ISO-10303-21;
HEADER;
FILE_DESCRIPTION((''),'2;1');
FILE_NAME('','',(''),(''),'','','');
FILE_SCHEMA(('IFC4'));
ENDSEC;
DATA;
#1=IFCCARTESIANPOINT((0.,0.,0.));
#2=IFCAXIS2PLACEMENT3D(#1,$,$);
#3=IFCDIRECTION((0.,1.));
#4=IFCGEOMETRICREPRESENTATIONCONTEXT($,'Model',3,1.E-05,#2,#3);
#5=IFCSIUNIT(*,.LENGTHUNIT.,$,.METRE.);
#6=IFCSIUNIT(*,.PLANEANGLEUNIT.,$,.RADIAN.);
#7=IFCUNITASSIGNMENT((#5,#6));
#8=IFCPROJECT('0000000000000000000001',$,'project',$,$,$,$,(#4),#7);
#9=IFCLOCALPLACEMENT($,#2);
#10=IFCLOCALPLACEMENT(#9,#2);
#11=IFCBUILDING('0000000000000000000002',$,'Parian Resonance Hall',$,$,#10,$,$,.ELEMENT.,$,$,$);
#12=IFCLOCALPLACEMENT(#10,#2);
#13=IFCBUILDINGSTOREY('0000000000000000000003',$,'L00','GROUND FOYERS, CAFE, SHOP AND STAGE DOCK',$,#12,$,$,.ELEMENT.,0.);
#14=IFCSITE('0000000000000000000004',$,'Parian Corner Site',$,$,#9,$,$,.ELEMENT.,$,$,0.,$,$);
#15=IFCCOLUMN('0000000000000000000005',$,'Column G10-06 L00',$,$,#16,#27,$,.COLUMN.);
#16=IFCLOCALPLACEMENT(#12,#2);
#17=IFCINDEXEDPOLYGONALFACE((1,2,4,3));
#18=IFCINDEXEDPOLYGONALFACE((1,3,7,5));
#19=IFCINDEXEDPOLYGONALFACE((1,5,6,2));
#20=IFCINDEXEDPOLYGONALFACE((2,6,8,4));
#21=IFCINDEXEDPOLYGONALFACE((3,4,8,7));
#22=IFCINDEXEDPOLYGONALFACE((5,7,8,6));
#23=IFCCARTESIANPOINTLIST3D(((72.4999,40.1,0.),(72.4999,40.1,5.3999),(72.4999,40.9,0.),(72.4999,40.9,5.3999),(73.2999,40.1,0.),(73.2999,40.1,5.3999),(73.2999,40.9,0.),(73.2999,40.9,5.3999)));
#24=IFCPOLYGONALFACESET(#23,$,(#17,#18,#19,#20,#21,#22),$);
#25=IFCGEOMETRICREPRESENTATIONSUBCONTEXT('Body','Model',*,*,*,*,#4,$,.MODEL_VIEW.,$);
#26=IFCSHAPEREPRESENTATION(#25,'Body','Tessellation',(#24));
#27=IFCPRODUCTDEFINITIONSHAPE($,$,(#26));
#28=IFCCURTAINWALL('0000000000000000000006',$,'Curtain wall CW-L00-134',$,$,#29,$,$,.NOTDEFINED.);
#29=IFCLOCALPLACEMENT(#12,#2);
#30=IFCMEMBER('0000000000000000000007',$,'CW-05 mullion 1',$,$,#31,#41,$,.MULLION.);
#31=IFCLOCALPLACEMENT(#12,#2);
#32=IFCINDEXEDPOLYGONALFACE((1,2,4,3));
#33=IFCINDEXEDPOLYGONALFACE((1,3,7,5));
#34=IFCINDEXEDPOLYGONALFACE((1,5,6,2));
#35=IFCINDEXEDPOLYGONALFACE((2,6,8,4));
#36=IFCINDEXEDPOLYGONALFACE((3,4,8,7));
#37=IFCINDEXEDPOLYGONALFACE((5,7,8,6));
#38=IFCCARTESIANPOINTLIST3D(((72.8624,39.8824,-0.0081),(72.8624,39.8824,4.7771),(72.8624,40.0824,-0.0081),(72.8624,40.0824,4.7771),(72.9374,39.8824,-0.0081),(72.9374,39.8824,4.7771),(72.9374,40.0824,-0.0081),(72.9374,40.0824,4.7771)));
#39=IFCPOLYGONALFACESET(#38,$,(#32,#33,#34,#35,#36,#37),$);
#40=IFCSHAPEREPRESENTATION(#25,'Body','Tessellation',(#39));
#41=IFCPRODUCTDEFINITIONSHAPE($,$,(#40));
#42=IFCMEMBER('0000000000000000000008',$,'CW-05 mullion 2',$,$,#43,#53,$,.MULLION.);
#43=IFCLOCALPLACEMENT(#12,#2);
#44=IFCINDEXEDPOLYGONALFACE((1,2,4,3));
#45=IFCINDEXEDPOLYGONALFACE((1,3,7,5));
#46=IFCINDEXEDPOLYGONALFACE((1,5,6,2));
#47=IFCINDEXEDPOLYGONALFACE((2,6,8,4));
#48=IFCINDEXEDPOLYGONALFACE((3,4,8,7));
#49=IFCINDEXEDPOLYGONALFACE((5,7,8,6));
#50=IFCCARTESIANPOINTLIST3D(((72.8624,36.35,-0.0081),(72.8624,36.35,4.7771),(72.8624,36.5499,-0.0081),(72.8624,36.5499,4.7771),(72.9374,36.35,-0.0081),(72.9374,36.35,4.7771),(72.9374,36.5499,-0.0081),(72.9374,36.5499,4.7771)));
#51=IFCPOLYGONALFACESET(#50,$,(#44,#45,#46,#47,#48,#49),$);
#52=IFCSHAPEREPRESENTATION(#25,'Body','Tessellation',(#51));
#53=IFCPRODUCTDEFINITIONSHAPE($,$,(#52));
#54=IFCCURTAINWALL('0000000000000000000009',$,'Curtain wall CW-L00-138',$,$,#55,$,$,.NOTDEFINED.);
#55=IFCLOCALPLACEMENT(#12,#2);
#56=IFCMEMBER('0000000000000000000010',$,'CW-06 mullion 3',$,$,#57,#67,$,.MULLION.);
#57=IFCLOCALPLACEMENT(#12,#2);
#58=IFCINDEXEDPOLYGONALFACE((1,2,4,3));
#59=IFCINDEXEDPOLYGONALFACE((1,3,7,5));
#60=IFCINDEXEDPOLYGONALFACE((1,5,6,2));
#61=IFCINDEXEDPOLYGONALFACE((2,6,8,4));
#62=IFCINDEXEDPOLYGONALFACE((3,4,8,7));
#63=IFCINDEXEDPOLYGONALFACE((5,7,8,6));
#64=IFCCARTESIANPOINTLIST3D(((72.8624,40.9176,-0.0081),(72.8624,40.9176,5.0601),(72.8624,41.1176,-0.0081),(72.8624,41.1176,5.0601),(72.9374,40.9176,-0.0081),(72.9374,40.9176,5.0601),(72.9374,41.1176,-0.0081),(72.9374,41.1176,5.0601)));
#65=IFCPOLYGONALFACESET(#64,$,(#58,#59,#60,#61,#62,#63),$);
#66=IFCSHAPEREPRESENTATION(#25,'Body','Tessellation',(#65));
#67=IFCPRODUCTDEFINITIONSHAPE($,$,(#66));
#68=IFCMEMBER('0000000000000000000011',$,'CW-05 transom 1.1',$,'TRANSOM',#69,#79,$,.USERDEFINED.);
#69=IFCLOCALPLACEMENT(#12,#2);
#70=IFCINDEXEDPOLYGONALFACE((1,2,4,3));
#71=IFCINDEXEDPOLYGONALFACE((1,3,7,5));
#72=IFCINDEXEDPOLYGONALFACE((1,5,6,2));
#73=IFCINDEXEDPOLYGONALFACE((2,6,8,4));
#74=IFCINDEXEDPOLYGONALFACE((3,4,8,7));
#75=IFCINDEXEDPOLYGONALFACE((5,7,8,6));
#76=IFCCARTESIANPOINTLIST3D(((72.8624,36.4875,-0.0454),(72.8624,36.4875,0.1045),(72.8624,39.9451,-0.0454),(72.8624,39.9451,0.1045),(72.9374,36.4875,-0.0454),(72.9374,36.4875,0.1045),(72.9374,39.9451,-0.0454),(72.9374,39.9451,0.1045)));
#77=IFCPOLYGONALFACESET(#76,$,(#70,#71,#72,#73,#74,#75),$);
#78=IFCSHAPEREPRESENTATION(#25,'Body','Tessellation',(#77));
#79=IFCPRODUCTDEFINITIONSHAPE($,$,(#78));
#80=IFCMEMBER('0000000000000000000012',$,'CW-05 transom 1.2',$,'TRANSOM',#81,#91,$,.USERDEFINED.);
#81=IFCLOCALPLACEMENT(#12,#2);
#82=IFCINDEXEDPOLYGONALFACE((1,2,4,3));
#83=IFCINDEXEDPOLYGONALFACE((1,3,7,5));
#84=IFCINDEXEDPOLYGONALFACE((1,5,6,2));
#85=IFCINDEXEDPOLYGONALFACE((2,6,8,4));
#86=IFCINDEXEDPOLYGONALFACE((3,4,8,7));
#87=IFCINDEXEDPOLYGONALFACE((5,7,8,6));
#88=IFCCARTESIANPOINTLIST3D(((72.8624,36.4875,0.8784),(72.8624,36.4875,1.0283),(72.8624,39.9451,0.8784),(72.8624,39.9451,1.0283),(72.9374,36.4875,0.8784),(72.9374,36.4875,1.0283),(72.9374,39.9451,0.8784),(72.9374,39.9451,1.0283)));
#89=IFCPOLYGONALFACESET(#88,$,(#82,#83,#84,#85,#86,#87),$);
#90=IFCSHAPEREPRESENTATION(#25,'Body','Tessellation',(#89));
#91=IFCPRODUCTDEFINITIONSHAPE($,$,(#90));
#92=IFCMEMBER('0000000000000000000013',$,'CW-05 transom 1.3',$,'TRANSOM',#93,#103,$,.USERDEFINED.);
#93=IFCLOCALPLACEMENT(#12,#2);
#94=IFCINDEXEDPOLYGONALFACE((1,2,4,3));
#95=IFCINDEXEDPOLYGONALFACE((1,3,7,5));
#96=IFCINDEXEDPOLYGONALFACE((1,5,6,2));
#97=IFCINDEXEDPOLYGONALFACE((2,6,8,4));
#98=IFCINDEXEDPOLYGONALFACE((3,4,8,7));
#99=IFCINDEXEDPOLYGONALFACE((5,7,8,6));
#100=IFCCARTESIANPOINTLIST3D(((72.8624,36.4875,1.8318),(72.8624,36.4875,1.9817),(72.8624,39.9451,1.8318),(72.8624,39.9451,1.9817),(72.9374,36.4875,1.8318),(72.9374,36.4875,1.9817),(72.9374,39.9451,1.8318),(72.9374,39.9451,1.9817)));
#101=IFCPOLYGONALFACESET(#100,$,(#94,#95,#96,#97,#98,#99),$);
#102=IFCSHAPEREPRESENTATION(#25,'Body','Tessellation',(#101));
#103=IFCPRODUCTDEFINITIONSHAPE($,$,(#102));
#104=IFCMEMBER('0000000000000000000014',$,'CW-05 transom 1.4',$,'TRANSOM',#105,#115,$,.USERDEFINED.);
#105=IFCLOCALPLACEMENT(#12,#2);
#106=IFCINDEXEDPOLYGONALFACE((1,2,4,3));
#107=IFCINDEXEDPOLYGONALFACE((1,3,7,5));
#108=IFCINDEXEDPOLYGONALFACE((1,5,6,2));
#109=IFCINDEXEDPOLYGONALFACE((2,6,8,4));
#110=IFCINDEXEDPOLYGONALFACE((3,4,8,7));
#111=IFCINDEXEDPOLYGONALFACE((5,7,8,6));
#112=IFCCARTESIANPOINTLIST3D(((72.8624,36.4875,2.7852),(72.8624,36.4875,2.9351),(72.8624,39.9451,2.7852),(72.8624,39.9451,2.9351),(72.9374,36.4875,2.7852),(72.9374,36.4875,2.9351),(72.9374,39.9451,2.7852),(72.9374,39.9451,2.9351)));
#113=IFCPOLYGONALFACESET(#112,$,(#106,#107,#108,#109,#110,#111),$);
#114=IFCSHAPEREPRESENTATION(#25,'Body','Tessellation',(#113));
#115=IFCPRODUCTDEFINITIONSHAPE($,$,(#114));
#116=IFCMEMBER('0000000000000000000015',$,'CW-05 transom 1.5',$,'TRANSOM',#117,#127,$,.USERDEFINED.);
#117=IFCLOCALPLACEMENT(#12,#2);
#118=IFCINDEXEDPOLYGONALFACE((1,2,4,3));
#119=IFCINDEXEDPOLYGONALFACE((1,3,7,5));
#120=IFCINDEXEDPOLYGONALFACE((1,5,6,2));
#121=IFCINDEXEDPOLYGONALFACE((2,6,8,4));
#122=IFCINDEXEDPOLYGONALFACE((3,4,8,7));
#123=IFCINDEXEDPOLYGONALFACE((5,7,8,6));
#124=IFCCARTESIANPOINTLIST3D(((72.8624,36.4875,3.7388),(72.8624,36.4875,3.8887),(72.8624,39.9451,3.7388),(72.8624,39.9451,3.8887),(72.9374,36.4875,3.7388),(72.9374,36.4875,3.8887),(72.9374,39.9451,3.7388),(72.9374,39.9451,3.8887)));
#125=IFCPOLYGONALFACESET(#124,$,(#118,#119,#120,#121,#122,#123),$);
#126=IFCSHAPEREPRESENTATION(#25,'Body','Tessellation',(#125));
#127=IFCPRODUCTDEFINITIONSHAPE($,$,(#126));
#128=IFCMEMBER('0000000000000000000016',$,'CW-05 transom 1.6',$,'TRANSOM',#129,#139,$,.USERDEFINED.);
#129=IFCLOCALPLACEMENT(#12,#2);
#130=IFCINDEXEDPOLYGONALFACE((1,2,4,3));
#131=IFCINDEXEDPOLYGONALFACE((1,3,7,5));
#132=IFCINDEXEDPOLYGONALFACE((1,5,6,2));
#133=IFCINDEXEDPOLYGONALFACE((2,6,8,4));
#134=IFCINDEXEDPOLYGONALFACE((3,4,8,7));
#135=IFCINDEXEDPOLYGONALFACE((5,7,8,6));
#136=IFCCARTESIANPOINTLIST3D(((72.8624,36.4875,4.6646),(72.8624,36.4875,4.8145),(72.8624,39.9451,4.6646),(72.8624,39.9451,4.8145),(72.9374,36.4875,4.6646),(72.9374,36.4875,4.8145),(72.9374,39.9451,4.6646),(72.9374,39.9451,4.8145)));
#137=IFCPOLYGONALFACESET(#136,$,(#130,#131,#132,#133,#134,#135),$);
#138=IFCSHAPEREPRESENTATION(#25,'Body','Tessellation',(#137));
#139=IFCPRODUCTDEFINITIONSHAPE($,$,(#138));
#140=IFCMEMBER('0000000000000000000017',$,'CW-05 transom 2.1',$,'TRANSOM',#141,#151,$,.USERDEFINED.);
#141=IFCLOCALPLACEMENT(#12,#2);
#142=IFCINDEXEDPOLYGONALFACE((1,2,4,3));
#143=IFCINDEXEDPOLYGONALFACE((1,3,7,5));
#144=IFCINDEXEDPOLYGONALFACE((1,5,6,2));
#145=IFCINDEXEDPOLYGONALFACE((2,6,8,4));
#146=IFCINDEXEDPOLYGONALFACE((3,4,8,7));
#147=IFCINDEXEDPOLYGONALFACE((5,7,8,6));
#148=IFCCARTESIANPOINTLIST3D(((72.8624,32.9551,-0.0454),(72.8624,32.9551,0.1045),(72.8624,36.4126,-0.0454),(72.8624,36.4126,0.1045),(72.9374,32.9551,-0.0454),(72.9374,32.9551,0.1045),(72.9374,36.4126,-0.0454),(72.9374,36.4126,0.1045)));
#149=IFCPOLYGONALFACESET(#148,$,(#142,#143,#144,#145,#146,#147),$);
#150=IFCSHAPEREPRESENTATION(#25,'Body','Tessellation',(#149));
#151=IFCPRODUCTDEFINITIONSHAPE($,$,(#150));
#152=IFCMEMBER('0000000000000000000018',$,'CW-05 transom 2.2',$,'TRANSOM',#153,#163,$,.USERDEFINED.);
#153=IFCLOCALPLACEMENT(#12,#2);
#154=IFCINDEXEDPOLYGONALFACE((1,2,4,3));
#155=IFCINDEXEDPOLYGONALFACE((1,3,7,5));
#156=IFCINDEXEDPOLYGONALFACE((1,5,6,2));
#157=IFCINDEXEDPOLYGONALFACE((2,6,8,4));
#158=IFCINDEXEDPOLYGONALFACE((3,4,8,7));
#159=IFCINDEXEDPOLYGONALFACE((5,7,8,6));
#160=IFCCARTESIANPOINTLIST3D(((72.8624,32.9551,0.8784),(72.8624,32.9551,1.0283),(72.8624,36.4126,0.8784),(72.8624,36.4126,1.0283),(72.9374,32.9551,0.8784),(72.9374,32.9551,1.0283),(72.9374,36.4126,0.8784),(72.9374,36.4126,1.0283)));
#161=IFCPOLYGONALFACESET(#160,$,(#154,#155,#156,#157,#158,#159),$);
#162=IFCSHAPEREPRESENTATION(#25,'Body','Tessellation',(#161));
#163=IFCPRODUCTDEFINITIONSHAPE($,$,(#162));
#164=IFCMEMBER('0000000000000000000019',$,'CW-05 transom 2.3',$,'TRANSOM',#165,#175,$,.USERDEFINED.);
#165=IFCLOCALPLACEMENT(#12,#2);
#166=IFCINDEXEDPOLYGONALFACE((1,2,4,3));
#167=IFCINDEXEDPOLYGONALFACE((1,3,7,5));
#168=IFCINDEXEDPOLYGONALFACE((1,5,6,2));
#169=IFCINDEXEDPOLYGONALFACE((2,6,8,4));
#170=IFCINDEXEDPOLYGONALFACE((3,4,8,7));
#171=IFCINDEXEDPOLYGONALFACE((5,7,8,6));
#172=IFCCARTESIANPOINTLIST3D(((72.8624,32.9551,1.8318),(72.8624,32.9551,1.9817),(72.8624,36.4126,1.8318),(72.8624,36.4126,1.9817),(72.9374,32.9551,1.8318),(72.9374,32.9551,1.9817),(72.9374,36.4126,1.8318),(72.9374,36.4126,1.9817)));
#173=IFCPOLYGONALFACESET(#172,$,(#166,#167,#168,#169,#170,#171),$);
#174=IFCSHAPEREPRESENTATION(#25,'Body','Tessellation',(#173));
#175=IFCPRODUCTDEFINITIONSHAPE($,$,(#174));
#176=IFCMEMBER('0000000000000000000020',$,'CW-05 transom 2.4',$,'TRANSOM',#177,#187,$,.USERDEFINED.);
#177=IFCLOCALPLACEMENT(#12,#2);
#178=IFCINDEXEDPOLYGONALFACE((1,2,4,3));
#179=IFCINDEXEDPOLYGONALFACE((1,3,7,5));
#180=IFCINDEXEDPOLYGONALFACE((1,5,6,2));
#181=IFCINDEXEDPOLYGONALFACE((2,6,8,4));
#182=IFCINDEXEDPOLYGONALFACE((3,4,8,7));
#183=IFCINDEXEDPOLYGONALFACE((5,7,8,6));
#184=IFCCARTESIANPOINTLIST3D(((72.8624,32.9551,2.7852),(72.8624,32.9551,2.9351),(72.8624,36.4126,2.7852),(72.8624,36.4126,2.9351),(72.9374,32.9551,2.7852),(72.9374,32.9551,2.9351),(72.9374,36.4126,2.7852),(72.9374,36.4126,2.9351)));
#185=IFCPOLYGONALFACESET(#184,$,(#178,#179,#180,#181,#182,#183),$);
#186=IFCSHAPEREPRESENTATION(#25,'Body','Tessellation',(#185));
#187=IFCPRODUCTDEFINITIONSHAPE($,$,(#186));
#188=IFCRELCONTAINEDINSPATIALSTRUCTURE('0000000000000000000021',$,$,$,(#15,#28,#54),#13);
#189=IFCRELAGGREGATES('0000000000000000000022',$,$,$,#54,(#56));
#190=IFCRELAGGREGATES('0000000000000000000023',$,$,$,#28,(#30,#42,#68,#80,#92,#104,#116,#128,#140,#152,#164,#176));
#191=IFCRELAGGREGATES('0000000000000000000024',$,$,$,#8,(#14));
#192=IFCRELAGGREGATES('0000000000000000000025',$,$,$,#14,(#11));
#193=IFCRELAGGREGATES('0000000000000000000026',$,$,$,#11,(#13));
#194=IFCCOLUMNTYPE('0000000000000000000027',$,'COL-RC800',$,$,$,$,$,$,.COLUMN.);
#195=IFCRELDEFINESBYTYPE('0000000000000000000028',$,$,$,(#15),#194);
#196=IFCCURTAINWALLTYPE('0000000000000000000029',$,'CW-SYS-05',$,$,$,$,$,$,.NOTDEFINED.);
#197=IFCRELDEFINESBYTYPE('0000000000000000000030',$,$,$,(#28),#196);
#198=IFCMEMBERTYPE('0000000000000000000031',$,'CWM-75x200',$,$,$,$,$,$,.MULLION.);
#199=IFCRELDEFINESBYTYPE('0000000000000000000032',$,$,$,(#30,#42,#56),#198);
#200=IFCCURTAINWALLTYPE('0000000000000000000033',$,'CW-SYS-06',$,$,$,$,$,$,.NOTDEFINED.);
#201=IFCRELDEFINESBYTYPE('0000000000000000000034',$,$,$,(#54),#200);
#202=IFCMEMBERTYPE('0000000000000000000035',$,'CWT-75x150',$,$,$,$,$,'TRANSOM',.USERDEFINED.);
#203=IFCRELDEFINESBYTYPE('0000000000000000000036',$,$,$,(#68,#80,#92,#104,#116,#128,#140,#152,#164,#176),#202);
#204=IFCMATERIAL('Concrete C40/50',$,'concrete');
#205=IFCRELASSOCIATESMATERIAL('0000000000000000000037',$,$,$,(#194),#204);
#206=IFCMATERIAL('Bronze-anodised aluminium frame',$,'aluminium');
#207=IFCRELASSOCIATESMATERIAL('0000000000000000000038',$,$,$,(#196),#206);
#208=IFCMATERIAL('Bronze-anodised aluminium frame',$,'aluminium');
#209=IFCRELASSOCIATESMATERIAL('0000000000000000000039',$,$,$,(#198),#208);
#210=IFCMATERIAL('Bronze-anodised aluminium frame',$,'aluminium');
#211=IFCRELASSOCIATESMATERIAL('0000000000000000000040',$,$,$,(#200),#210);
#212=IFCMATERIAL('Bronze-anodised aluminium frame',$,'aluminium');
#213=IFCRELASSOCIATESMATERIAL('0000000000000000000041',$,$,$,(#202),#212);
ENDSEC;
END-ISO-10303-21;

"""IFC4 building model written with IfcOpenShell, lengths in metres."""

from ifc_helpers import new_model, si_unit, direction, frame, origin, origin_2d, place, context, subcontext, project, spatial, rectangle, extrude, material, material_profile, profile_set, type_object, element, aggregate, save


model = new_model("IFC4")

# Units and contexts
model_context = context("Model", 3, precision=1e-05, world=origin(), true_north=direction((0.0, 1.0)))
body_context = subcontext(model_context, "Body", "Model", "MODEL_VIEW")
ifc_project = project(units=[si_unit("LENGTHUNIT", "METRE"), si_unit("PLANEANGLEUNIT", "RADIAN")], contexts=[model_context])

# Site, building, storey
site_placement = place(None, origin())
site = spatial("IfcSite", under=ifc_project, at=site_placement, Name="Parian Corner Site", CompositionType="ELEMENT", RefElevation=0.0)
building_placement = place(site_placement, origin())
building = spatial("IfcBuilding", under=site, at=building_placement, Name="Parian Resonance Hall", CompositionType="ELEMENT")
storey_placement = place(building_placement, origin())
storey = spatial("IfcBuildingStorey", under=building, at=storey_placement, Name="L00", Description="GROUND FOYERS, CAFE, SHOP AND STAGE DOCK", CompositionType="ELEMENT", Elevation=0.0)

# Column
ifc_material_1 = material(Name="Concrete C40/50", Category="concrete")
ifc_material_profile_1 = material_profile(ifc_material_1, rectangle(XDim=0.8, YDim=0.8, at=origin_2d()), Name="RC-COL-800x800")
ifc_profile_set_1 = profile_set([ifc_material_profile_1], Name="Concrete C40/50")
column_type = type_object("IfcColumnType", Name="COL-RC800", PredefinedType="COLUMN", material=ifc_profile_set_1)
column_placement = place(storey_placement, frame((72.8999, 40.5, 0.0), z_axis=(0.0, 0.0, 1.0), x_axis=(1.0, 0.0, 0.0)))
element("IfcColumn", 1, at=column_placement, inside=storey, type_object=column_type, Name="Column G10-06 L00", PredefinedType="COLUMN", context=body_context, shape_type="SweptSolid", body=[
    extrude(rectangle(XDim=0.8, YDim=0.8, at=origin_2d()), origin(), (0.0, 0.0, 1.0), 5.3999),
])

# Curtain wall, members
ifc_material_2 = material(Name="Bronze-anodised aluminium frame", Category="aluminium")
curtain_wall_type_1 = type_object("IfcCurtainWallType", Name="CW-SYS-05", PredefinedType="NOTDEFINED", material=ifc_material_2)
curtain_wall_1_placement = place(storey_placement, origin())
curtain_wall_1 = element("IfcCurtainWall", 2, at=curtain_wall_1_placement, inside=storey, type_object=curtain_wall_type_1, Name="Curtain wall CW-L00-134", PredefinedType="NOTDEFINED")
ifc_material_3 = material(Name="Bronze-anodised aluminium frame", Category="aluminium")
ifc_material_profile_2 = material_profile(ifc_material_3, rectangle(XDim=0.075, YDim=0.2, at=origin_2d()), Name="CWM-75x200")
ifc_profile_set_2 = profile_set([ifc_material_profile_2], Name="Bronze-anodised aluminium frame")
member_type_1 = type_object("IfcMemberType", Name="CWM-75x200", PredefinedType="MULLION", material=ifc_profile_set_2)
member_1_placement = place(storey_placement, frame((72.8999, 39.9824, -0.0081), z_axis=(0.0, 0.0, 1.0), x_axis=(1.0, 0.0, 0.0)))
member_1 = element("IfcMember", 3, at=member_1_placement, type_object=member_type_1, Name="CW-05 mullion 1", PredefinedType="MULLION", context=body_context, shape_type="SweptSolid", body=[
    extrude(rectangle(XDim=0.075, YDim=0.2, at=origin_2d()), origin(), (0.0, 0.0, 1.0), 4.7852),
])
member_2_placement = place(storey_placement, frame((72.8999, 36.45, -0.0081), z_axis=(0.0, 0.0, 1.0), x_axis=(1.0, 0.0, 0.0)))
member_2 = element("IfcMember", 4, at=member_2_placement, type_object=member_type_1, Name="CW-05 mullion 2", PredefinedType="MULLION", context=body_context, shape_type="SweptSolid", body=[
    extrude(rectangle(XDim=0.075, YDim=0.2, at=origin_2d()), origin(), (0.0, 0.0, 1.0), 4.7852),
])

# Curtain wall, member
ifc_material_4 = material(Name="Bronze-anodised aluminium frame", Category="aluminium")
curtain_wall_type_2 = type_object("IfcCurtainWallType", Name="CW-SYS-06", PredefinedType="NOTDEFINED", material=ifc_material_4)
curtain_wall_2_placement = place(storey_placement, origin())
curtain_wall_2 = element("IfcCurtainWall", 5, at=curtain_wall_2_placement, inside=storey, type_object=curtain_wall_type_2, Name="Curtain wall CW-L00-138", PredefinedType="NOTDEFINED")
member_3_placement = place(storey_placement, frame((72.8999, 41.0176, -0.0081), z_axis=(0.0, 0.0, 1.0), x_axis=(1.0, 0.0, 0.0)))
member_3 = element("IfcMember", 6, at=member_3_placement, type_object=member_type_1, Name="CW-06 mullion 3", PredefinedType="MULLION", context=body_context, shape_type="SweptSolid", body=[
    extrude(rectangle(XDim=0.075, YDim=0.2, at=origin_2d()), origin(), (0.0, 0.0, 1.0), 5.0681),
])

# Members
ifc_material_5 = material(Name="Bronze-anodised aluminium frame", Category="aluminium")
ifc_material_profile_3 = material_profile(ifc_material_5, rectangle(XDim=0.075, YDim=0.1499, at=origin_2d()), Name="CWT-75x150")
ifc_profile_set_3 = profile_set([ifc_material_profile_3], Name="Bronze-anodised aluminium frame")
member_type_2 = type_object("IfcMemberType", Name="CWT-75x150", ElementType="TRANSOM", PredefinedType="USERDEFINED", material=ifc_profile_set_3)
member_4_placement = place(storey_placement, frame((72.8999, 39.9451, 0.0295), z_axis=(0.0, -1.0, 0.0), x_axis=(1.0, 0.0, 0.0)))
member_4 = element("IfcMember", 7, at=member_4_placement, type_object=member_type_2, Name="CW-05 transom 1.1", ObjectType="TRANSOM", PredefinedType="USERDEFINED", context=body_context, shape_type="SweptSolid", body=[
    extrude(rectangle(XDim=0.075, YDim=0.1499, at=origin_2d()), origin(), (0.0, 0.0, 1.0), 3.4575),
])
member_5_placement = place(storey_placement, frame((72.8999, 39.9451, 0.9534), z_axis=(0.0, -1.0, 0.0), x_axis=(1.0, 0.0, 0.0)))
member_5 = element("IfcMember", 8, at=member_5_placement, type_object=member_type_2, Name="CW-05 transom 1.2", ObjectType="TRANSOM", PredefinedType="USERDEFINED", context=body_context, shape_type="SweptSolid", body=[
    extrude(rectangle(XDim=0.075, YDim=0.1499, at=origin_2d()), origin(), (0.0, 0.0, 1.0), 3.4575),
])
member_6_placement = place(storey_placement, frame((72.8999, 39.9451, 1.9067), z_axis=(0.0, -1.0, 0.0), x_axis=(1.0, 0.0, 0.0)))
member_6 = element("IfcMember", 9, at=member_6_placement, type_object=member_type_2, Name="CW-05 transom 1.3", ObjectType="TRANSOM", PredefinedType="USERDEFINED", context=body_context, shape_type="SweptSolid", body=[
    extrude(rectangle(XDim=0.075, YDim=0.1499, at=origin_2d()), origin(), (0.0, 0.0, 1.0), 3.4575),
])
member_7_placement = place(storey_placement, frame((72.8999, 39.9451, 2.8601), z_axis=(0.0, -1.0, 0.0), x_axis=(1.0, 0.0, 0.0)))
member_7 = element("IfcMember", 10, at=member_7_placement, type_object=member_type_2, Name="CW-05 transom 1.4", ObjectType="TRANSOM", PredefinedType="USERDEFINED", context=body_context, shape_type="SweptSolid", body=[
    extrude(rectangle(XDim=0.075, YDim=0.1499, at=origin_2d()), origin(), (0.0, 0.0, 1.0), 3.4575),
])
member_8_placement = place(storey_placement, frame((72.8999, 39.9451, 3.8137), z_axis=(0.0, -1.0, 0.0), x_axis=(1.0, 0.0, 0.0)))
member_8 = element("IfcMember", 11, at=member_8_placement, type_object=member_type_2, Name="CW-05 transom 1.5", ObjectType="TRANSOM", PredefinedType="USERDEFINED", context=body_context, shape_type="SweptSolid", body=[
    extrude(rectangle(XDim=0.075, YDim=0.1499, at=origin_2d()), origin(), (0.0, 0.0, 1.0), 3.4575),
])
member_9_placement = place(storey_placement, frame((72.8999, 39.9451, 4.7395), z_axis=(0.0, -1.0, 0.0), x_axis=(1.0, 0.0, 0.0)))
member_9 = element("IfcMember", 12, at=member_9_placement, type_object=member_type_2, Name="CW-05 transom 1.6", ObjectType="TRANSOM", PredefinedType="USERDEFINED", context=body_context, shape_type="SweptSolid", body=[
    extrude(rectangle(XDim=0.075, YDim=0.1499, at=origin_2d()), origin(), (0.0, 0.0, 1.0), 3.4575),
])
member_10_placement = place(storey_placement, frame((72.8999, 36.4126, 0.0295), z_axis=(0.0, -1.0, 0.0), x_axis=(1.0, 0.0, 0.0)))
member_10 = element("IfcMember", 13, at=member_10_placement, type_object=member_type_2, Name="CW-05 transom 2.1", ObjectType="TRANSOM", PredefinedType="USERDEFINED", context=body_context, shape_type="SweptSolid", body=[
    extrude(rectangle(XDim=0.075, YDim=0.1499, at=origin_2d()), origin(), (0.0, 0.0, 1.0), 3.4575),
])
member_11_placement = place(storey_placement, frame((72.8999, 36.4126, 0.9534), z_axis=(0.0, -1.0, 0.0), x_axis=(1.0, 0.0, 0.0)))
member_11 = element("IfcMember", 14, at=member_11_placement, type_object=member_type_2, Name="CW-05 transom 2.2", ObjectType="TRANSOM", PredefinedType="USERDEFINED", context=body_context, shape_type="SweptSolid", body=[
    extrude(rectangle(XDim=0.075, YDim=0.1499, at=origin_2d()), origin(), (0.0, 0.0, 1.0), 3.4575),
])
member_12_placement = place(storey_placement, frame((72.8999, 36.4126, 1.9067), z_axis=(0.0, -1.0, 0.0), x_axis=(1.0, 0.0, 0.0)))
member_12 = element("IfcMember", 15, at=member_12_placement, type_object=member_type_2, Name="CW-05 transom 2.3", ObjectType="TRANSOM", PredefinedType="USERDEFINED", context=body_context, shape_type="SweptSolid", body=[
    extrude(rectangle(XDim=0.075, YDim=0.1499, at=origin_2d()), origin(), (0.0, 0.0, 1.0), 3.4575),
])
member_13_placement = place(storey_placement, frame((72.8999, 36.4126, 2.8601), z_axis=(0.0, -1.0, 0.0), x_axis=(1.0, 0.0, 0.0)))
member_13 = element("IfcMember", 16, at=member_13_placement, type_object=member_type_2, Name="CW-05 transom 2.4", ObjectType="TRANSOM", PredefinedType="USERDEFINED", context=body_context, shape_type="SweptSolid", body=[
    extrude(rectangle(XDim=0.075, YDim=0.1499, at=origin_2d()), origin(), (0.0, 0.0, 1.0), 3.4575),
])

aggregate(curtain_wall_2, [member_3])
aggregate(curtain_wall_1, [member_1, member_2, member_4, member_5, member_6, member_7, member_8, member_9, member_10, member_11, member_12, member_13])

save(model, "model.ifc")
